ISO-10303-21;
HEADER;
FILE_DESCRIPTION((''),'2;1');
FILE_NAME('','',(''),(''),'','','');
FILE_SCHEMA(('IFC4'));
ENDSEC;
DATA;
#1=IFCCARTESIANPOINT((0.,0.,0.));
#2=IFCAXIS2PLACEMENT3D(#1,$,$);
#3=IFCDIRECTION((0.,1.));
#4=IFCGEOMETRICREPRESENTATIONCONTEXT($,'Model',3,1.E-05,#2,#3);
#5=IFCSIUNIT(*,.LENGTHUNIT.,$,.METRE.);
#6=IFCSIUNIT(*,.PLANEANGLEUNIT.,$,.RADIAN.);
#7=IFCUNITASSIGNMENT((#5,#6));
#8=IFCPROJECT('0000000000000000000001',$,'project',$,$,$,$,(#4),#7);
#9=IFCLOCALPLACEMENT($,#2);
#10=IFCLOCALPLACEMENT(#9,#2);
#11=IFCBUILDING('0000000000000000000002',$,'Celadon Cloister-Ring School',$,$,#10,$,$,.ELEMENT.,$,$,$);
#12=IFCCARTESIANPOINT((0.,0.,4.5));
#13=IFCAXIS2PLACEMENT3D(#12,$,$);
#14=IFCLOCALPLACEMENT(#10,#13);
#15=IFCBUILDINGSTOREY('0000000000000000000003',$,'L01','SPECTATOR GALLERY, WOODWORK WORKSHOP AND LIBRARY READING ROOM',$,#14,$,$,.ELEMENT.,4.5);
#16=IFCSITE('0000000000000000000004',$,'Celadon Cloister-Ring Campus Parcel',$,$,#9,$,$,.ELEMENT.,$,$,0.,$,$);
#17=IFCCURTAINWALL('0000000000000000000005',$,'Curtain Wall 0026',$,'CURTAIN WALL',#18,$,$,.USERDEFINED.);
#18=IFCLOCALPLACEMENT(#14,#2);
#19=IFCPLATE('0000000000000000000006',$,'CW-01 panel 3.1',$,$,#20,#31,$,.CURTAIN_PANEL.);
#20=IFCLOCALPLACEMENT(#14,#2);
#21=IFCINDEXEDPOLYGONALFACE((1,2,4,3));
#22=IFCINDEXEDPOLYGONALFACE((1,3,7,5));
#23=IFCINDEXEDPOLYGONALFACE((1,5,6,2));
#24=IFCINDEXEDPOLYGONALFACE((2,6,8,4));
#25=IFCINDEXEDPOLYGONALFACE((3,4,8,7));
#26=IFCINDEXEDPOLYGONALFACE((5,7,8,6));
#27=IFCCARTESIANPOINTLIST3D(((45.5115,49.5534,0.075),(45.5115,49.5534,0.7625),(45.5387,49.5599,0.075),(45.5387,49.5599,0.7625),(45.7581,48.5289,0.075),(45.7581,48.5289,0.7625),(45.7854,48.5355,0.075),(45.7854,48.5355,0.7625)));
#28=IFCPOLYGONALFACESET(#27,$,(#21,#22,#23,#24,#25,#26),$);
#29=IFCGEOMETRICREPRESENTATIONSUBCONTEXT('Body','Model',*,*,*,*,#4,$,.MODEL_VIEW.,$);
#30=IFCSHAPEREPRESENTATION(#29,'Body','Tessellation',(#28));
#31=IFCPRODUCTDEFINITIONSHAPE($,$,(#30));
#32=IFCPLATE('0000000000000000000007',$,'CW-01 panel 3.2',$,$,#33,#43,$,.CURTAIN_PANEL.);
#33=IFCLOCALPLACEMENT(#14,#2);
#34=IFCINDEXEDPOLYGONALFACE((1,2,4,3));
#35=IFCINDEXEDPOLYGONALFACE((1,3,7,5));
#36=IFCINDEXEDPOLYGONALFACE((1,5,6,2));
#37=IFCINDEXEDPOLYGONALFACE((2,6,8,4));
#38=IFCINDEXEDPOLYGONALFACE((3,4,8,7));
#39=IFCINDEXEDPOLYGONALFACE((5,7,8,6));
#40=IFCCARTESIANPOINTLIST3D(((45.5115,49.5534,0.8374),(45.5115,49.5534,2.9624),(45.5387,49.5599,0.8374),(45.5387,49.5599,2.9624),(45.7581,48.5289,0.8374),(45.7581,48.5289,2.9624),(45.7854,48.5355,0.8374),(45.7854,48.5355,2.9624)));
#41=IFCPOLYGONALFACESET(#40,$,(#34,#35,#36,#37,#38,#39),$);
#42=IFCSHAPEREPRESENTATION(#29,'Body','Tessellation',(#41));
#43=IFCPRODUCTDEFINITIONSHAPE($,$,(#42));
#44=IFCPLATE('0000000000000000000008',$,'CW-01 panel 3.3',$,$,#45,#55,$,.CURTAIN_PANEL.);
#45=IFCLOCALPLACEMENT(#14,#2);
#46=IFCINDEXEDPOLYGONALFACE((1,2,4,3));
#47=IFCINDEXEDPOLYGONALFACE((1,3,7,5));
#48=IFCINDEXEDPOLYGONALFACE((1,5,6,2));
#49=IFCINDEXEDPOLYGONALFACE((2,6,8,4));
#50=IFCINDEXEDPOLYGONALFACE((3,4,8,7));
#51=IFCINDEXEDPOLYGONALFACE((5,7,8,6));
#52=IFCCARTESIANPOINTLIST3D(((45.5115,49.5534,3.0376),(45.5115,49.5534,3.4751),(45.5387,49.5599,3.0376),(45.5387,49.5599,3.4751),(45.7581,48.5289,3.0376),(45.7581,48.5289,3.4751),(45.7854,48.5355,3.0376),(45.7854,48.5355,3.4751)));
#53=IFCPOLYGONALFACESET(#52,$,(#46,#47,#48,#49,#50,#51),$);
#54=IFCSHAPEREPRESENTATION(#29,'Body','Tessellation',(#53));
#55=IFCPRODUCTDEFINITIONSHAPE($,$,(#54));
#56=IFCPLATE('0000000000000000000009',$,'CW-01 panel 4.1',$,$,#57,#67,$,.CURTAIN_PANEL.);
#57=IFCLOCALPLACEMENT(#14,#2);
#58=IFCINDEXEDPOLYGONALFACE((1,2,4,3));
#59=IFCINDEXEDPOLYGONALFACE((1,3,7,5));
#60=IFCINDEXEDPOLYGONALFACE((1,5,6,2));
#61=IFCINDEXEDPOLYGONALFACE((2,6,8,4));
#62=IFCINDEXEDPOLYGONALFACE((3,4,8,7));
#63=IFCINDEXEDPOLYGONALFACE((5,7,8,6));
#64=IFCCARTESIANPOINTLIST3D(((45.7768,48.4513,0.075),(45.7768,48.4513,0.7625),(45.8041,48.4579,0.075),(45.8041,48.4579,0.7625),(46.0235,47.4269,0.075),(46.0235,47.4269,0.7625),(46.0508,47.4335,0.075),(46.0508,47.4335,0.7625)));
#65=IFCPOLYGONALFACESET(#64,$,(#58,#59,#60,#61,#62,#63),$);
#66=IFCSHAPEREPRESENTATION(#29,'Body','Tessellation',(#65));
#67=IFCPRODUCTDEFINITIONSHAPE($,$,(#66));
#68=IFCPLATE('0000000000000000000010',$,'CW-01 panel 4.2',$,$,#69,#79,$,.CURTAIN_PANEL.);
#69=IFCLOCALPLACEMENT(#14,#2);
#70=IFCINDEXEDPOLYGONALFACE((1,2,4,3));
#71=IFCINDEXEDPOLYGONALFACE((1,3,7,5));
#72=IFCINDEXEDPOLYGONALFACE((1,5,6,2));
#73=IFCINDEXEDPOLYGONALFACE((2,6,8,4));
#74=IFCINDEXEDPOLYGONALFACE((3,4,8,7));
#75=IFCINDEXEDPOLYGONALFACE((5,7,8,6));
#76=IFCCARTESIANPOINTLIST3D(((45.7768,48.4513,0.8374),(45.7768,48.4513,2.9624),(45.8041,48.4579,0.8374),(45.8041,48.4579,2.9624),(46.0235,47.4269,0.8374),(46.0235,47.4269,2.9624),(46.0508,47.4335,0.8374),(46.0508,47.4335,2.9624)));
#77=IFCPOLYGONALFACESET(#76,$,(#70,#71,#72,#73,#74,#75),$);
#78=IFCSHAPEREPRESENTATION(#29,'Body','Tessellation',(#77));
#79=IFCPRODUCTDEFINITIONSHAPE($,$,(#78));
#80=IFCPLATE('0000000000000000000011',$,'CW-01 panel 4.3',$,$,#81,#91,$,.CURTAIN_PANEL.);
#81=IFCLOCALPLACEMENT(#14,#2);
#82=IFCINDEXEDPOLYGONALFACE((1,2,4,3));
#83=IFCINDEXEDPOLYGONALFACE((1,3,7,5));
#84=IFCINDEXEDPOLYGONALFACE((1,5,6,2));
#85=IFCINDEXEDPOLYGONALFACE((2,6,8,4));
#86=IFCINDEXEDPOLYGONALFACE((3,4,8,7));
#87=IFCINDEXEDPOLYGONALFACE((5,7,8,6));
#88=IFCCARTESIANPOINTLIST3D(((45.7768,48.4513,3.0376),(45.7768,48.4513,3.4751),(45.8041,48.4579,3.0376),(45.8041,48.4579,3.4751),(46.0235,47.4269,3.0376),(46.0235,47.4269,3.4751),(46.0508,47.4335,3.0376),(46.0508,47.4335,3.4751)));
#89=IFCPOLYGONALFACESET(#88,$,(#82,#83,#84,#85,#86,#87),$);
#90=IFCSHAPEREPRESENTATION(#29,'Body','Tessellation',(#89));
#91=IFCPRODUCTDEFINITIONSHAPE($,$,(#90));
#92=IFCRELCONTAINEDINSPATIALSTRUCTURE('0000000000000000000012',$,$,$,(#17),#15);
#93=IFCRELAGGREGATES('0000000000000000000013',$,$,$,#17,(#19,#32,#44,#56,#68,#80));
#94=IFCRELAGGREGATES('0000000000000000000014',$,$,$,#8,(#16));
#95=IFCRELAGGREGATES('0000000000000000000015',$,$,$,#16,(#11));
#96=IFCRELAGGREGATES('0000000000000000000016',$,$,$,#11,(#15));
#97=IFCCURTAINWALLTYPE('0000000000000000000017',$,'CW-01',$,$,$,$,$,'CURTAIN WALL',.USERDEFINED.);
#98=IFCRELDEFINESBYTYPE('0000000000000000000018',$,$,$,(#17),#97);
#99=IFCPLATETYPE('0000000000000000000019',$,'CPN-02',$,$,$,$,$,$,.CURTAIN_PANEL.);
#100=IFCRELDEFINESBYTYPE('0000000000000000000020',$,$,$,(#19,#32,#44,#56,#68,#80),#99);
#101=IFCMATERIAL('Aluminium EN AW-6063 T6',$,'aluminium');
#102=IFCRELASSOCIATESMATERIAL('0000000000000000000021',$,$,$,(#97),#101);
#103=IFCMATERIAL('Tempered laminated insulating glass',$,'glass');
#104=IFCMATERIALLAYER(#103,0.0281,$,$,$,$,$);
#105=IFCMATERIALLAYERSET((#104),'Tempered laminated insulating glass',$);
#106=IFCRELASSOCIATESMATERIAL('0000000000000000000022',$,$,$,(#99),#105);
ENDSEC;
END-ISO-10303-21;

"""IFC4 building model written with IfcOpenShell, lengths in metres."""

from ifc_helpers import new_model, si_unit, direction, frame, origin, origin_2d, place, context, subcontext, project, spatial, rectangle, extrude, material, layer, layer_set, type_object, element, aggregate, save


model = new_model("IFC4")

# Units and contexts
model_context = context("Model", 3, precision=1e-05, world=origin(), true_north=direction((0.0, 1.0)))
body_context = subcontext(model_context, "Body", "Model", "MODEL_VIEW")
ifc_project = project(units=[si_unit("LENGTHUNIT", "METRE"), si_unit("PLANEANGLEUNIT", "RADIAN")], contexts=[model_context])

# Site, building, storey
site_placement = place(None, origin())
site = spatial("IfcSite", under=ifc_project, at=site_placement, Name="Celadon Cloister-Ring Campus Parcel", CompositionType="ELEMENT", RefElevation=0.0)
building_placement = place(site_placement, origin())
building = spatial("IfcBuilding", under=site, at=building_placement, Name="Celadon Cloister-Ring School", CompositionType="ELEMENT")
storey_placement = place(building_placement, frame((0.0, 0.0, 4.5)))
storey = spatial("IfcBuildingStorey", under=building, at=storey_placement, Name="L01", Description="SPECTATOR GALLERY, WOODWORK WORKSHOP AND LIBRARY READING ROOM", CompositionType="ELEMENT", Elevation=4.5)

# Curtain wall, plates
ifc_material_1 = material(Name="Aluminium EN AW-6063 T6", Category="aluminium")
curtain_wall_type = type_object("IfcCurtainWallType", Name="CW-01", ElementType="CURTAIN WALL", PredefinedType="USERDEFINED", material=ifc_material_1)
curtain_wall_placement = place(storey_placement, origin())
curtain_wall = element("IfcCurtainWall", 1, at=curtain_wall_placement, inside=storey, type_object=curtain_wall_type, Name="Curtain Wall 0026", ObjectType="CURTAIN WALL", PredefinedType="USERDEFINED")
ifc_material_2 = material(Name="Tempered laminated insulating glass", Category="glass")
ifc_layer = layer(ifc_material_2, 0.0281)
ifc_layer_set = layer_set([ifc_layer], Name="Tempered laminated insulating glass")
plate_type = type_object("IfcPlateType", Name="CPN-02", PredefinedType="CURTAIN_PANEL", material=ifc_layer_set)
plate_1_placement = place(storey_placement, frame((45.6484, 49.0444, 0.075), z_axis=(0.0, 0.0, 1.0), x_axis=(0.2341, -0.972212, 0.0)))
plate_1 = element("IfcPlate", 2, at=plate_1_placement, type_object=plate_type, Name="CW-01 panel 3.1", PredefinedType="CURTAIN_PANEL", context=body_context, shape_type="SweptSolid", body=[
    extrude(rectangle(XDim=1.0537, YDim=0.0281, at=origin_2d()), origin(), (0.0, 0.0, 1.0), 0.6875),
])
plate_2_placement = place(storey_placement, frame((45.6484, 49.0444, 0.8374), z_axis=(0.0, 0.0, 1.0), x_axis=(0.2341, -0.972212, 0.0)))
plate_2 = element("IfcPlate", 3, at=plate_2_placement, type_object=plate_type, Name="CW-01 panel 3.2", PredefinedType="CURTAIN_PANEL", context=body_context, shape_type="SweptSolid", body=[
    extrude(rectangle(XDim=1.0537, YDim=0.0281, at=origin_2d()), origin(), (0.0, 0.0, 1.0), 2.125),
])
plate_3_placement = place(storey_placement, frame((45.6484, 49.0444, 3.0376), z_axis=(0.0, 0.0, 1.0), x_axis=(0.2341, -0.972212, 0.0)))
plate_3 = element("IfcPlate", 4, at=plate_3_placement, type_object=plate_type, Name="CW-01 panel 3.3", PredefinedType="CURTAIN_PANEL", context=body_context, shape_type="SweptSolid", body=[
    extrude(rectangle(XDim=1.0537, YDim=0.0281, at=origin_2d()), origin(), (0.0, 0.0, 1.0), 0.4375),
])
plate_4_placement = place(storey_placement, frame((45.9138, 47.9424, 0.075), z_axis=(0.0, 0.0, 1.0), x_axis=(0.2341, -0.972212, 0.0)))
plate_4 = element("IfcPlate", 5, at=plate_4_placement, type_object=plate_type, Name="CW-01 panel 4.1", PredefinedType="CURTAIN_PANEL", context=body_context, shape_type="SweptSolid", body=[
    extrude(rectangle(XDim=1.0537, YDim=0.0281, at=origin_2d()), origin(), (0.0, 0.0, 1.0), 0.6875),
])
plate_5_placement = place(storey_placement, frame((45.9138, 47.9424, 0.8374), z_axis=(0.0, 0.0, 1.0), x_axis=(0.2341, -0.972212, 0.0)))
plate_5 = element("IfcPlate", 6, at=plate_5_placement, type_object=plate_type, Name="CW-01 panel 4.2", PredefinedType="CURTAIN_PANEL", context=body_context, shape_type="SweptSolid", body=[
    extrude(rectangle(XDim=1.0537, YDim=0.0281, at=origin_2d()), origin(), (0.0, 0.0, 1.0), 2.125),
])
plate_6_placement = place(storey_placement, frame((45.9138, 47.9424, 3.0376), z_axis=(0.0, 0.0, 1.0), x_axis=(0.2341, -0.972212, 0.0)))
plate_6 = element("IfcPlate", 7, at=plate_6_placement, type_object=plate_type, Name="CW-01 panel 4.3", PredefinedType="CURTAIN_PANEL", context=body_context, shape_type="SweptSolid", body=[
    extrude(rectangle(XDim=1.0537, YDim=0.0281, at=origin_2d()), origin(), (0.0, 0.0, 1.0), 0.4375),
])
aggregate(curtain_wall, [plate_1, plate_2, plate_3, plate_4, plate_5, plate_6])

save(model, "model.ifc")
